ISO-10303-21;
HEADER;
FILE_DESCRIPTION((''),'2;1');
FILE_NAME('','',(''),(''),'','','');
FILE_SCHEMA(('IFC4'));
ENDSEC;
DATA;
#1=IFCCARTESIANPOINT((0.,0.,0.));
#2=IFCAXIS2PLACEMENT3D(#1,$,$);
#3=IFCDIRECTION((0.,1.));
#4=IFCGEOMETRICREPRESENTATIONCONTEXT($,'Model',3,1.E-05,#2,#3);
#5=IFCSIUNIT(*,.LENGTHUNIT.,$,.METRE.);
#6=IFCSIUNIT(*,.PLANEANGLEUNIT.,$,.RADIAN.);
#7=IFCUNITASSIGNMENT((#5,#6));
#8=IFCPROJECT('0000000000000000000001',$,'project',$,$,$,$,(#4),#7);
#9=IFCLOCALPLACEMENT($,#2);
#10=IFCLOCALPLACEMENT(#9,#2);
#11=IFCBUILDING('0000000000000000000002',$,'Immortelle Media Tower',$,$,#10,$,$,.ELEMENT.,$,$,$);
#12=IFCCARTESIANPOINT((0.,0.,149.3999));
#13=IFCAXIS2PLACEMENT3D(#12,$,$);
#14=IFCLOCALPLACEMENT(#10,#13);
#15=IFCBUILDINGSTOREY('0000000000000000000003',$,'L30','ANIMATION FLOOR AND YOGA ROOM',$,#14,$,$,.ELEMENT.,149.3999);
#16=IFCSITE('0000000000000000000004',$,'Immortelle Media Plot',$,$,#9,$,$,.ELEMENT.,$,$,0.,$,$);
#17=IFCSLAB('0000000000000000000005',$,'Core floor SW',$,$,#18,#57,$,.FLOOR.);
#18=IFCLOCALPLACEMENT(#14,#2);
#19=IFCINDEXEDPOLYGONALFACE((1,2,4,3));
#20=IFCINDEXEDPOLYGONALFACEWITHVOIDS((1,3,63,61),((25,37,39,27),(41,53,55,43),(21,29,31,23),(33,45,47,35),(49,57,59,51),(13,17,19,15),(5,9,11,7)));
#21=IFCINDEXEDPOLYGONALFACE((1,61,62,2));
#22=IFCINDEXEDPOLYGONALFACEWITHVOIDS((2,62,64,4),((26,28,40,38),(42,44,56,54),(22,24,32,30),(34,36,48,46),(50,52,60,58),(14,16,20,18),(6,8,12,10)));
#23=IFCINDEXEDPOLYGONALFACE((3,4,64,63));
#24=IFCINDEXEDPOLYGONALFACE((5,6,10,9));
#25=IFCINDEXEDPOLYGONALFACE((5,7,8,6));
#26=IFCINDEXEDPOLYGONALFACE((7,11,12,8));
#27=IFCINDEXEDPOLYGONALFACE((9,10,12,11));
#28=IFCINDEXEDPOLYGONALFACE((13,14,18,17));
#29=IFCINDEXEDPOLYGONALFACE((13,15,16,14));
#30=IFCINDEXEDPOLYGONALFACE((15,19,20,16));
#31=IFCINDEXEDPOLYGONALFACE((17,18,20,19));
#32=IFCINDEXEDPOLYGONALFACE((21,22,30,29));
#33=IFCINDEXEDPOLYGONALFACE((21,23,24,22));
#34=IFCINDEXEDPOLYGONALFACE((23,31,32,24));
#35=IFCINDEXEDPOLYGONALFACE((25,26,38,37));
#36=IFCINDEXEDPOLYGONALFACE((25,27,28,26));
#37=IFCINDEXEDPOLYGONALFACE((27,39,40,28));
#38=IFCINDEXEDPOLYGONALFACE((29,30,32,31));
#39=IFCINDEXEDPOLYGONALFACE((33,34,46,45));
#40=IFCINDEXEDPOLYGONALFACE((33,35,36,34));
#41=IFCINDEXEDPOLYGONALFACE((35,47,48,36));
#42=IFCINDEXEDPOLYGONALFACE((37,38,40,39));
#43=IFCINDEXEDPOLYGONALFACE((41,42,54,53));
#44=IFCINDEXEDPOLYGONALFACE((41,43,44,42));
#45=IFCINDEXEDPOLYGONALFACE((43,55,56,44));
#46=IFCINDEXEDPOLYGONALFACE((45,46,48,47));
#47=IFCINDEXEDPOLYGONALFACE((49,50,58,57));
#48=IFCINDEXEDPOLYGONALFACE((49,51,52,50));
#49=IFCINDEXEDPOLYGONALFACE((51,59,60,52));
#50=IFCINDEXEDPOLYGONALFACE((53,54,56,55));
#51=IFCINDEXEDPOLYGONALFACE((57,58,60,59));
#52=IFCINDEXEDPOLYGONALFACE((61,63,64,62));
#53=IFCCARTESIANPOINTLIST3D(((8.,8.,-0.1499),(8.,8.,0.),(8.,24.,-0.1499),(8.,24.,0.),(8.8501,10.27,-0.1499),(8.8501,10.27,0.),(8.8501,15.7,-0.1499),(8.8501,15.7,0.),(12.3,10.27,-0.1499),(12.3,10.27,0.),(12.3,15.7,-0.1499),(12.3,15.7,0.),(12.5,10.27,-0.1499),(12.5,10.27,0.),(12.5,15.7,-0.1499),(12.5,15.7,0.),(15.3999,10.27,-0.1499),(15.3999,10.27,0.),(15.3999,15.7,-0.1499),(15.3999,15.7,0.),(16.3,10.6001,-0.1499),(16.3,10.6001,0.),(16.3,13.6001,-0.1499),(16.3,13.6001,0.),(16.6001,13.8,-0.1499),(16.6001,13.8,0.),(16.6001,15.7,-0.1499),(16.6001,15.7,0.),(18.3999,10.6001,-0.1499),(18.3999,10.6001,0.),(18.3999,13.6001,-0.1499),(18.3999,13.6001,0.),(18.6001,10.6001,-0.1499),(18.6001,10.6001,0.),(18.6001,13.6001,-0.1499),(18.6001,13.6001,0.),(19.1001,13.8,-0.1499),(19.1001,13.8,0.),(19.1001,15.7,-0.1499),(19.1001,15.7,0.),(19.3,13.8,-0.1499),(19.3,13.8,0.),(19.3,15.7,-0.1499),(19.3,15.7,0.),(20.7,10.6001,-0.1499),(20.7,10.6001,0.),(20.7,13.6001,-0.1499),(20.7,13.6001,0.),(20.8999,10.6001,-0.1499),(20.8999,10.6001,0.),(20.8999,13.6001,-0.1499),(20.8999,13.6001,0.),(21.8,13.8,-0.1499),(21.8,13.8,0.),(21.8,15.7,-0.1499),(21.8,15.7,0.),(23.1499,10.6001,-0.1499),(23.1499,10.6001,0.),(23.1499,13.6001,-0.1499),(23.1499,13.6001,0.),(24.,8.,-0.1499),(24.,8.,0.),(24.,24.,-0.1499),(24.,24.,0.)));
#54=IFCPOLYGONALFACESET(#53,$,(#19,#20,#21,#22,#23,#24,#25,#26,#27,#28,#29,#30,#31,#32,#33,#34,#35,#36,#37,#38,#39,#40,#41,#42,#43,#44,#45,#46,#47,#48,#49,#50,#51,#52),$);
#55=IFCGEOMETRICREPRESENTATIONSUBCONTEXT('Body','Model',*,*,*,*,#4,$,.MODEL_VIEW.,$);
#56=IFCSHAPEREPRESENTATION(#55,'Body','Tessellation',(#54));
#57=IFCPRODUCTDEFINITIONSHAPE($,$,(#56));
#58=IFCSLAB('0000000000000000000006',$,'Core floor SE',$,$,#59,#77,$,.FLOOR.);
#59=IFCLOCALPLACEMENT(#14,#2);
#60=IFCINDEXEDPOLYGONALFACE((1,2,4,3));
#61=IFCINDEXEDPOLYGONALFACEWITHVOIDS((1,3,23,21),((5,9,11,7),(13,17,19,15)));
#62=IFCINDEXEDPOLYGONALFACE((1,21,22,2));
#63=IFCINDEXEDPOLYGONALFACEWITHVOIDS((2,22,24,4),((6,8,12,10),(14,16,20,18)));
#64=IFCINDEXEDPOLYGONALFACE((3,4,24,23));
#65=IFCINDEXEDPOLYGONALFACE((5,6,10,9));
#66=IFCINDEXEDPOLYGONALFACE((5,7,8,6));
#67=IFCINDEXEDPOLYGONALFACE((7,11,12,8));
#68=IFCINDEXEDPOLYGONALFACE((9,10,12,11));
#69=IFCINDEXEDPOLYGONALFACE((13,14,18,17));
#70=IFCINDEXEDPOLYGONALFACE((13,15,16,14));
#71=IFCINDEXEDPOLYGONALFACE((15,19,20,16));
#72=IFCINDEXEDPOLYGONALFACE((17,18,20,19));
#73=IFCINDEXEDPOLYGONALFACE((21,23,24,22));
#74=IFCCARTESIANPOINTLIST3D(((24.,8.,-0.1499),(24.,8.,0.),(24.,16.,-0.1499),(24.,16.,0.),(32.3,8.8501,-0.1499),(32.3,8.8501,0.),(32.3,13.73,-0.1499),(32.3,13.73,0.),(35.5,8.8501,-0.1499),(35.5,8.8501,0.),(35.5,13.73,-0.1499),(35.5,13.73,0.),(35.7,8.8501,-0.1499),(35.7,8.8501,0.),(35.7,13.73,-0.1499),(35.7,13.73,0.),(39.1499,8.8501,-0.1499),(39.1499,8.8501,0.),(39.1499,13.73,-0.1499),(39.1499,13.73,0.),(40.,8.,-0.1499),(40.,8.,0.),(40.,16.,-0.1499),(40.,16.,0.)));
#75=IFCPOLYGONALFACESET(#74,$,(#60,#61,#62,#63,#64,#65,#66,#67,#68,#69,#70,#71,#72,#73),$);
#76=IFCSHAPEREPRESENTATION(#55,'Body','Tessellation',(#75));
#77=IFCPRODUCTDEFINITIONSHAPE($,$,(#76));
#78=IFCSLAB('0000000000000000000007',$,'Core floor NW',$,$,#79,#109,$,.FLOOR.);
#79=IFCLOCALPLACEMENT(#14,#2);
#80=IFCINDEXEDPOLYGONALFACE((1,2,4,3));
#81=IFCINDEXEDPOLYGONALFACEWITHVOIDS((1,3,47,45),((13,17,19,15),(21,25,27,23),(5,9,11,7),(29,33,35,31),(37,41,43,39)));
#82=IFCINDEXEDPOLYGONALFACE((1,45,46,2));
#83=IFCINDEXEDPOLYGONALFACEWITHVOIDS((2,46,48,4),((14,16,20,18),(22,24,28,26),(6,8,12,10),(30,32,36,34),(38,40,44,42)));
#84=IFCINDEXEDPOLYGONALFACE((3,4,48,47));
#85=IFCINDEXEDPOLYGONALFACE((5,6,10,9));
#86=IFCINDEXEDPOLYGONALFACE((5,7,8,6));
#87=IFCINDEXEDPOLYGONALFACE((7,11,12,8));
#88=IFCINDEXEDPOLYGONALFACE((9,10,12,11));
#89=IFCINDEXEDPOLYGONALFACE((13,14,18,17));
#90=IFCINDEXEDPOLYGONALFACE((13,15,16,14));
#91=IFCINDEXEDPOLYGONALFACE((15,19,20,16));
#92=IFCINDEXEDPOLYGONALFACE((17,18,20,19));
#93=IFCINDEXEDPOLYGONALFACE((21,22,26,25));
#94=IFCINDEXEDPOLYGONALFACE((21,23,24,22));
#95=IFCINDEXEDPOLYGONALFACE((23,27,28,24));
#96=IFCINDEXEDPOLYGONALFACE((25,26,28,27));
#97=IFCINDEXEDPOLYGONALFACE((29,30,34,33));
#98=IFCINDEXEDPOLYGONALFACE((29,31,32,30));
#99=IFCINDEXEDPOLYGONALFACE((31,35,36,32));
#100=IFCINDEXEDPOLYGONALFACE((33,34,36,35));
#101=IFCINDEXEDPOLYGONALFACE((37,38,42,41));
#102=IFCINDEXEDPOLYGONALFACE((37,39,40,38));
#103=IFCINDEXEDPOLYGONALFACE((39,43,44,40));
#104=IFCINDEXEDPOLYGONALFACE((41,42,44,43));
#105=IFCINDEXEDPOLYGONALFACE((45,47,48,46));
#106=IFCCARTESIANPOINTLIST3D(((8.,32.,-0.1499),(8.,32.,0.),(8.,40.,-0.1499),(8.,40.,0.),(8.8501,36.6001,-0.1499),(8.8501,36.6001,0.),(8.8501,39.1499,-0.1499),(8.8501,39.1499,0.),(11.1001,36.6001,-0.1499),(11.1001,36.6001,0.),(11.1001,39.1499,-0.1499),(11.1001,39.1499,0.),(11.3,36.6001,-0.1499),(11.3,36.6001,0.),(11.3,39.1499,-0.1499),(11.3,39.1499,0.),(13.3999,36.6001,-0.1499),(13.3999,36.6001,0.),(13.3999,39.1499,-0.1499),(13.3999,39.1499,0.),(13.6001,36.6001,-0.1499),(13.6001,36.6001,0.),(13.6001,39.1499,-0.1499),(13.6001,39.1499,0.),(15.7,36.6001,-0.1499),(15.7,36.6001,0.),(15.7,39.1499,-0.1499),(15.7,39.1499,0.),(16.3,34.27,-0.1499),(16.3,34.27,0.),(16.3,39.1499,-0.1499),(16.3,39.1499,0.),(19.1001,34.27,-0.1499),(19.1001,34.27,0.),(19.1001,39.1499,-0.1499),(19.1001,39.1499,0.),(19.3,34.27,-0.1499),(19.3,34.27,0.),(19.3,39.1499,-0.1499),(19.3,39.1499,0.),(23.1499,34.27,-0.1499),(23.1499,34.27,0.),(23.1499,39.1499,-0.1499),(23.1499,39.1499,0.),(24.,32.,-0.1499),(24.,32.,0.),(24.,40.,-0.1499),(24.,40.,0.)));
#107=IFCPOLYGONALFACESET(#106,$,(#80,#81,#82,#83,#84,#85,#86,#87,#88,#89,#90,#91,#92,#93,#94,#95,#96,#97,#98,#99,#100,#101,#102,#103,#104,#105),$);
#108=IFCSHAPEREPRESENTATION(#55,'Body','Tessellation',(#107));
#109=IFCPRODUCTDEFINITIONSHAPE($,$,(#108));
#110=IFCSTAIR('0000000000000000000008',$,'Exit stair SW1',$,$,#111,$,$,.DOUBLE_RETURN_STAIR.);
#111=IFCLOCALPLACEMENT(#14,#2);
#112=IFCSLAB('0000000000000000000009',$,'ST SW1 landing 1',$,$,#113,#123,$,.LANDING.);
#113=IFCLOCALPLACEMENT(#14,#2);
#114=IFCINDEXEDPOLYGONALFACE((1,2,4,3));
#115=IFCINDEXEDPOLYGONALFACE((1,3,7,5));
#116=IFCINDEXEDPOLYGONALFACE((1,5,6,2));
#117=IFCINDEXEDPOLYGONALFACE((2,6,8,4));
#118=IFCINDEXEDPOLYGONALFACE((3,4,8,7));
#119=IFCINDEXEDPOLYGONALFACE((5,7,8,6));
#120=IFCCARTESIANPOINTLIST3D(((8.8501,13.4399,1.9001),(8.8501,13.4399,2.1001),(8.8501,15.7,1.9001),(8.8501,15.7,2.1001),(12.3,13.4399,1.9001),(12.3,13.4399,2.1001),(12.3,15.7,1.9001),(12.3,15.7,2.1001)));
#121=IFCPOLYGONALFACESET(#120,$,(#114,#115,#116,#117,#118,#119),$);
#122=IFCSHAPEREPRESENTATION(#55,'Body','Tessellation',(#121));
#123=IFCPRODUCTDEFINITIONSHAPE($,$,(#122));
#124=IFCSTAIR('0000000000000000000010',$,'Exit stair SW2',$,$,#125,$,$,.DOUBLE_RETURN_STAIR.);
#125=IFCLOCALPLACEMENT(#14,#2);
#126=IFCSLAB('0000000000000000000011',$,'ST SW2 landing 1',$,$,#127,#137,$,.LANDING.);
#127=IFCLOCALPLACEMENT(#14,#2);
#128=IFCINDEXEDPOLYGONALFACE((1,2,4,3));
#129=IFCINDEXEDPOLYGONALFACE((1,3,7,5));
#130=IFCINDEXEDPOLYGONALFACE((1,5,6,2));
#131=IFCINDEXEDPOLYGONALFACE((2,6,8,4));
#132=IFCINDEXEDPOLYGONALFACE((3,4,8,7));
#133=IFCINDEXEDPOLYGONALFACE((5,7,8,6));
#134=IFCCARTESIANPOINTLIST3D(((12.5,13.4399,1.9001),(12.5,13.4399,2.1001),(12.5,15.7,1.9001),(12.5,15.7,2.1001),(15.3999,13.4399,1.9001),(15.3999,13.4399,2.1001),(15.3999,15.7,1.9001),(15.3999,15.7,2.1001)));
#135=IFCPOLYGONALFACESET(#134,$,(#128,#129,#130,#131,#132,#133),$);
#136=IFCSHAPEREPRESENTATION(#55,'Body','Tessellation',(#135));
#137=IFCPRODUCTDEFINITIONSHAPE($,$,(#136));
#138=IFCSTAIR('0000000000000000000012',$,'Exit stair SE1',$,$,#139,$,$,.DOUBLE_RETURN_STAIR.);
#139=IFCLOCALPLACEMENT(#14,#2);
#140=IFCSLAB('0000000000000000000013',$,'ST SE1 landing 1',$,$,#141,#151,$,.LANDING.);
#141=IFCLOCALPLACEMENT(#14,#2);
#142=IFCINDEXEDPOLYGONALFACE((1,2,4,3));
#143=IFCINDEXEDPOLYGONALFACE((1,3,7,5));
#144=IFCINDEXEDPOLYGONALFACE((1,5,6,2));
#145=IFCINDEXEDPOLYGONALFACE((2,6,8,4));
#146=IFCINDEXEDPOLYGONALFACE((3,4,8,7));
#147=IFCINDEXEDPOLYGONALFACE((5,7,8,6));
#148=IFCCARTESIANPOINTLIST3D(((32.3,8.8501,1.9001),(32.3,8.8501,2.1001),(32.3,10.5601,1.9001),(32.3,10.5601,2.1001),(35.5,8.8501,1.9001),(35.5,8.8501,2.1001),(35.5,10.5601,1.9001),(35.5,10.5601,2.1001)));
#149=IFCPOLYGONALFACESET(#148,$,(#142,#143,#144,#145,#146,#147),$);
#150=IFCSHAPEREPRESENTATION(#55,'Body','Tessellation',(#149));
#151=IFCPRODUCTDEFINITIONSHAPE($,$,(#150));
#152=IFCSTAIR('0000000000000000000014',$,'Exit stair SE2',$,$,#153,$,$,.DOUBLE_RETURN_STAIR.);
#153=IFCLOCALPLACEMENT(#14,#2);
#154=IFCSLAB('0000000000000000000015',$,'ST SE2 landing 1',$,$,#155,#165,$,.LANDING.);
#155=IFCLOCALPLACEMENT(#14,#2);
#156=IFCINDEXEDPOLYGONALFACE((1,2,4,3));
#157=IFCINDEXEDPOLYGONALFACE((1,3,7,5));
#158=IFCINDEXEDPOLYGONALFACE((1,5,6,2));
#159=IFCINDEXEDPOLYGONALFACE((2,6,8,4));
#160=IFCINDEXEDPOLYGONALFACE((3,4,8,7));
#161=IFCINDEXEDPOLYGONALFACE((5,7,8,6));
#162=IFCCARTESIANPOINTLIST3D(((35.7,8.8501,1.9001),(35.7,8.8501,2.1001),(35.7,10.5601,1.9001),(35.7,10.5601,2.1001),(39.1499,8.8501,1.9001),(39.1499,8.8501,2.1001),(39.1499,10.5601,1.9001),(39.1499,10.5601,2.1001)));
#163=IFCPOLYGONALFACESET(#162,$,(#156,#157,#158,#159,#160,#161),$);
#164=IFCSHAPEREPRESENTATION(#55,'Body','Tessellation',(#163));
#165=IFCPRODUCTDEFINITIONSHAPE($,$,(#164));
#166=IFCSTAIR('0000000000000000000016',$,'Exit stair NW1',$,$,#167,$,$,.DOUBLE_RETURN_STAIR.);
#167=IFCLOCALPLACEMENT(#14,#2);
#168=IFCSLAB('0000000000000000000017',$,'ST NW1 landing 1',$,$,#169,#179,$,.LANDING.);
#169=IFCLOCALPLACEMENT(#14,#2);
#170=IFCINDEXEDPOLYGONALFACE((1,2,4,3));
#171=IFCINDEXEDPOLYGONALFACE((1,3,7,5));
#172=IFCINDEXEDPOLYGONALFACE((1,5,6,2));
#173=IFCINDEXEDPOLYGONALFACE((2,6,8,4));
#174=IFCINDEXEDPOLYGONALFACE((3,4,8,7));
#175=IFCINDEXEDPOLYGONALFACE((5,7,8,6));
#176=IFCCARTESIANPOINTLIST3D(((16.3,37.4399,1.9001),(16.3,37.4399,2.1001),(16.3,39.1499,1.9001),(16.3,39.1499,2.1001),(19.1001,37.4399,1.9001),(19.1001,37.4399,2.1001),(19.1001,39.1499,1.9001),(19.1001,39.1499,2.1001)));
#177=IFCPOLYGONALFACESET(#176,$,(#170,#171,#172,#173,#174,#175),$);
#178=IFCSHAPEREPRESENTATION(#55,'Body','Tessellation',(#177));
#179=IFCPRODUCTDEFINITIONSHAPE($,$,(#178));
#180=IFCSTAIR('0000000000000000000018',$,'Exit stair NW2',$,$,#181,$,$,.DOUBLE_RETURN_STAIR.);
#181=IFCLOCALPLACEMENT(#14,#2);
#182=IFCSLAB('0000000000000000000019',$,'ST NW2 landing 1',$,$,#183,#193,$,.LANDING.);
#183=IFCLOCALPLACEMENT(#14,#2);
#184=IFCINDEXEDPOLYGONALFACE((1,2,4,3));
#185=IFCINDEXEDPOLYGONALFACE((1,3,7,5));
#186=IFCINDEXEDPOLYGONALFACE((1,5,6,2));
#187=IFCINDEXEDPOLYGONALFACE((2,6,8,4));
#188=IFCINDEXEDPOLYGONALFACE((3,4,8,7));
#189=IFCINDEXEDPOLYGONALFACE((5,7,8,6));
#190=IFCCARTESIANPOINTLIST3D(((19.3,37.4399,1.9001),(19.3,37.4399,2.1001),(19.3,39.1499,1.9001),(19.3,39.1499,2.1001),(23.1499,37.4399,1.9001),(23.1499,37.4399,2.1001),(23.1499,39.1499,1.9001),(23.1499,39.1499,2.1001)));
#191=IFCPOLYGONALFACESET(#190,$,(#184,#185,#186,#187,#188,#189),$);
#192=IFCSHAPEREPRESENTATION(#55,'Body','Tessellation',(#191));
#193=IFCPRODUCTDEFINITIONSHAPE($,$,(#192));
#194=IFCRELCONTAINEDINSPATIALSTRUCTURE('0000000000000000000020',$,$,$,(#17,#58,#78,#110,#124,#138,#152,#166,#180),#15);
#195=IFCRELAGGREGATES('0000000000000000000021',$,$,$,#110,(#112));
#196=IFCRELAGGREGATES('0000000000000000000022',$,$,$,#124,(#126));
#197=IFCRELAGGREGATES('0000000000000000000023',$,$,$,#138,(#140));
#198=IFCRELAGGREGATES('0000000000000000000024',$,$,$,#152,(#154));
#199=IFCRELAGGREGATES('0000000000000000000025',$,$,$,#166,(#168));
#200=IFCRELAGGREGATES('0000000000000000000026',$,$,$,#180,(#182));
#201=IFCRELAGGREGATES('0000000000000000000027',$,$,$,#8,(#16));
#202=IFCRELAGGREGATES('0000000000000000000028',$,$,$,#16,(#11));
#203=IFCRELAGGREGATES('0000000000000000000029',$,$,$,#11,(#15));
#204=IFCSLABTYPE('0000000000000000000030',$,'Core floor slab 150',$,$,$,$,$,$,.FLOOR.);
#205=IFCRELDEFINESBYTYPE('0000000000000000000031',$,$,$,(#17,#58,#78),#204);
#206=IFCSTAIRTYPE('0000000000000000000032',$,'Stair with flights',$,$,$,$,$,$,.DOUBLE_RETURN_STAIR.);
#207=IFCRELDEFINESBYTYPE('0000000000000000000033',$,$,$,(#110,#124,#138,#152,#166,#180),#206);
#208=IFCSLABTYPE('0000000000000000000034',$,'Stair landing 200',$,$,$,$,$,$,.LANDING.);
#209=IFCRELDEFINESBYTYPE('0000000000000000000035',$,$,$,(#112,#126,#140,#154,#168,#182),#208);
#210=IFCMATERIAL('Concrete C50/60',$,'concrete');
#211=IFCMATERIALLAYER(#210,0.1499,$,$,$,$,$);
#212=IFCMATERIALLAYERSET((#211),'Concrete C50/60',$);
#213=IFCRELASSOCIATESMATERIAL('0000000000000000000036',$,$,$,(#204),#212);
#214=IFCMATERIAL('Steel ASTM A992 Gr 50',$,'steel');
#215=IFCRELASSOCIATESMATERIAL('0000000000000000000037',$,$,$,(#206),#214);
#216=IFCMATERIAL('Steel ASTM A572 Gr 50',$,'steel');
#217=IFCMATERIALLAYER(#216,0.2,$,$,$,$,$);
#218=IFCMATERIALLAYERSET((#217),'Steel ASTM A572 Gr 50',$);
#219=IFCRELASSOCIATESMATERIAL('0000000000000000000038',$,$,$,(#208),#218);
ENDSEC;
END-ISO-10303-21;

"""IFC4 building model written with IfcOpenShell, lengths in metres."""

from ifc_helpers import new_model, si_unit, direction, frame, origin, place, context, subcontext, project, spatial, polyline, outline, extrude, material, layer, layer_set, type_object, element, aggregate, save


model = new_model("IFC4")

# Units and contexts
model_context = context("Model", 3, precision=1e-05, world=origin(), true_north=direction((0.0, 1.0)))
body_context = subcontext(model_context, "Body", "Model", "MODEL_VIEW")
ifc_project = project(units=[si_unit("LENGTHUNIT", "METRE"), si_unit("PLANEANGLEUNIT", "RADIAN")], contexts=[model_context])

# Site, building, storey
site_placement = place(None, origin())
site = spatial("IfcSite", under=ifc_project, at=site_placement, Name="Immortelle Media Plot", CompositionType="ELEMENT", RefElevation=0.0)
building_placement = place(site_placement, origin())
building = spatial("IfcBuilding", under=site, at=building_placement, Name="Immortelle Media Tower", CompositionType="ELEMENT")
storey_placement = place(building_placement, frame((0.0, 0.0, 149.3999)))
storey = spatial("IfcBuildingStorey", under=building, at=storey_placement, Name="L30", Description="ANIMATION FLOOR AND YOGA ROOM", CompositionType="ELEMENT", Elevation=149.3999)

# Slabs
ifc_material_1 = material(Name="Concrete C50/60", Category="concrete")
ifc_layer_1 = layer(ifc_material_1, 0.1499)
ifc_layer_set_1 = layer_set([ifc_layer_1], Name="Concrete C50/60")
slab_type_1 = type_object("IfcSlabType", Name="Core floor slab 150", PredefinedType="FLOOR", material=ifc_layer_set_1)
slab_1_placement = place(storey_placement, frame((0.0, 0.0, -0.1499)))
element("IfcSlab", 1, at=slab_1_placement, inside=storey, type_object=slab_type_1, Name="Core floor SW", PredefinedType="FLOOR", context=body_context, shape_type="SweptSolid", body=[
    extrude(outline(polyline([(8.0, 8.0), (24.0, 8.0), (24.0, 24.0), (8.0, 24.0), (8.0, 8.0)]), holes=[polyline([(16.6001, 13.8), (19.1001, 13.8), (19.1001, 15.7), (16.6001, 15.7), (16.6001, 13.8)]), polyline([(19.3, 13.8), (21.8, 13.8), (21.8, 15.7), (19.3, 15.7), (19.3, 13.8)]), polyline([(16.3, 10.6001), (18.3999, 10.6001), (18.3999, 13.6001), (16.3, 13.6001), (16.3, 10.6001)]), polyline([(18.6001, 10.6001), (20.7, 10.6001), (20.7, 13.6001), (18.6001, 13.6001), (18.6001, 10.6001)]), polyline([(20.8999, 10.6001), (23.1499, 10.6001), (23.1499, 13.6001), (20.8999, 13.6001), (20.8999, 10.6001)]), polyline([(8.8501, 10.27), (12.3, 10.27), (12.3, 15.7), (8.8501, 15.7), (8.8501, 10.27)]), polyline([(12.5, 10.27), (15.3999, 10.27), (15.3999, 15.7), (12.5, 15.7), (12.5, 10.27)])]), origin(), (0.0, 0.0, 1.0), 0.1499),
])
slab_2_placement = place(storey_placement, frame((0.0, 0.0, -0.1499)))
element("IfcSlab", 2, at=slab_2_placement, inside=storey, type_object=slab_type_1, Name="Core floor SE", PredefinedType="FLOOR", context=body_context, shape_type="SweptSolid", body=[
    extrude(outline(polyline([(24.0, 8.0), (40.0, 8.0), (40.0, 16.0), (24.0, 16.0), (24.0, 8.0)]), holes=[polyline([(32.3, 8.8501), (35.5, 8.8501), (35.5, 13.73), (32.3, 13.73), (32.3, 8.8501)]), polyline([(35.7, 8.8501), (39.1499, 8.8501), (39.1499, 13.73), (35.7, 13.73), (35.7, 8.8501)])]), origin(), (0.0, 0.0, 1.0), 0.1499),
])
slab_3_placement = place(storey_placement, frame((0.0, 0.0, -0.1499)))
element("IfcSlab", 3, at=slab_3_placement, inside=storey, type_object=slab_type_1, Name="Core floor NW", PredefinedType="FLOOR", context=body_context, shape_type="SweptSolid", body=[
    extrude(outline(polyline([(8.0, 32.0), (24.0, 32.0), (24.0, 40.0), (8.0, 40.0), (8.0, 32.0)]), holes=[polyline([(8.8501, 36.6001), (11.1001, 36.6001), (11.1001, 39.1499), (8.8501, 39.1499), (8.8501, 36.6001)]), polyline([(11.3, 36.6001), (13.3999, 36.6001), (13.3999, 39.1499), (11.3, 39.1499), (11.3, 36.6001)]), polyline([(13.6001, 36.6001), (15.7, 36.6001), (15.7, 39.1499), (13.6001, 39.1499), (13.6001, 36.6001)]), polyline([(16.3, 34.27), (19.1001, 34.27), (19.1001, 39.1499), (16.3, 39.1499), (16.3, 34.27)]), polyline([(19.3, 34.27), (23.1499, 34.27), (23.1499, 39.1499), (19.3, 39.1499), (19.3, 34.27)])]), origin(), (0.0, 0.0, 1.0), 0.1499),
])

# Stairs, slabs
ifc_material_2 = material(Name="Steel ASTM A992 Gr 50", Category="steel")
stair_type = type_object("IfcStairType", Name="Stair with flights", PredefinedType="DOUBLE_RETURN_STAIR", material=ifc_material_2)
stair_1_placement = place(storey_placement, origin())
stair_1 = element("IfcStair", 4, at=stair_1_placement, inside=storey, type_object=stair_type, Name="Exit stair SW1", PredefinedType="DOUBLE_RETURN_STAIR")
ifc_material_3 = material(Name="Steel ASTM A572 Gr 50", Category="steel")
ifc_layer_2 = layer(ifc_material_3, 0.2)
ifc_layer_set_2 = layer_set([ifc_layer_2], Name="Steel ASTM A572 Gr 50")
slab_type_2 = type_object("IfcSlabType", Name="Stair landing 200", PredefinedType="LANDING", material=ifc_layer_set_2)
slab_4_placement = place(storey_placement, frame((0.0, 0.0, 1.9001)))
slab_4 = element("IfcSlab", 5, at=slab_4_placement, type_object=slab_type_2, Name="ST SW1 landing 1", PredefinedType="LANDING", context=body_context, shape_type="SweptSolid", body=[
    extrude(outline(polyline([(8.8501, 13.4399), (12.3, 13.4399), (12.3, 15.7), (8.8501, 15.7), (8.8501, 13.4399)])), origin(), (0.0, 0.0, 1.0), 0.2),
])
aggregate(stair_1, [slab_4])
stair_2_placement = place(storey_placement, origin())
stair_2 = element("IfcStair", 6, at=stair_2_placement, inside=storey, type_object=stair_type, Name="Exit stair SW2", PredefinedType="DOUBLE_RETURN_STAIR")
slab_5_placement = place(storey_placement, frame((0.0, 0.0, 1.9001)))
slab_5 = element("IfcSlab", 7, at=slab_5_placement, type_object=slab_type_2, Name="ST SW2 landing 1", PredefinedType="LANDING", context=body_context, shape_type="SweptSolid", body=[
    extrude(outline(polyline([(12.5, 13.4399), (15.3999, 13.4399), (15.3999, 15.7), (12.5, 15.7), (12.5, 13.4399)])), origin(), (0.0, 0.0, 1.0), 0.2),
])
aggregate(stair_2, [slab_5])
stair_3_placement = place(storey_placement, origin())
stair_3 = element("IfcStair", 8, at=stair_3_placement, inside=storey, type_object=stair_type, Name="Exit stair SE1", PredefinedType="DOUBLE_RETURN_STAIR")
slab_6_placement = place(storey_placement, frame((0.0, 0.0, 1.9001)))
slab_6 = element("IfcSlab", 9, at=slab_6_placement, type_object=slab_type_2, Name="ST SE1 landing 1", PredefinedType="LANDING", context=body_context, shape_type="SweptSolid", body=[
    extrude(outline(polyline([(32.3, 8.8501), (35.5, 8.8501), (35.5, 10.5601), (32.3, 10.5601), (32.3, 8.8501)])), origin(), (0.0, 0.0, 1.0), 0.2),
])
aggregate(stair_3, [slab_6])
stair_4_placement = place(storey_placement, origin())
stair_4 = element("IfcStair", 10, at=stair_4_placement, inside=storey, type_object=stair_type, Name="Exit stair SE2", PredefinedType="DOUBLE_RETURN_STAIR")
slab_7_placement = place(storey_placement, frame((0.0, 0.0, 1.9001)))
slab_7 = element("IfcSlab", 11, at=slab_7_placement, type_object=slab_type_2, Name="ST SE2 landing 1", PredefinedType="LANDING", context=body_context, shape_type="SweptSolid", body=[
    extrude(outline(polyline([(35.7, 8.8501), (39.1499, 8.8501), (39.1499, 10.5601), (35.7, 10.5601), (35.7, 8.8501)])), origin(), (0.0, 0.0, 1.0), 0.2),
])
aggregate(stair_4, [slab_7])
stair_5_placement = place(storey_placement, origin())
stair_5 = element("IfcStair", 12, at=stair_5_placement, inside=storey, type_object=stair_type, Name="Exit stair NW1", PredefinedType="DOUBLE_RETURN_STAIR")
slab_8_placement = place(storey_placement, frame((0.0, 0.0, 1.9001)))
slab_8 = element("IfcSlab", 13, at=slab_8_placement, type_object=slab_type_2, Name="ST NW1 landing 1", PredefinedType="LANDING", context=body_context, shape_type="SweptSolid", body=[
    extrude(outline(polyline([(16.3, 37.4399), (19.1001, 37.4399), (19.1001, 39.1499), (16.3, 39.1499), (16.3, 37.4399)])), origin(), (0.0, 0.0, 1.0), 0.2),
])
aggregate(stair_5, [slab_8])
stair_6_placement = place(storey_placement, origin())
stair_6 = element("IfcStair", 14, at=stair_6_placement, inside=storey, type_object=stair_type, Name="Exit stair NW2", PredefinedType="DOUBLE_RETURN_STAIR")
slab_9_placement = place(storey_placement, frame((0.0, 0.0, 1.9001)))
slab_9 = element("IfcSlab", 15, at=slab_9_placement, type_object=slab_type_2, Name="ST NW2 landing 1", PredefinedType="LANDING", context=body_context, shape_type="SweptSolid", body=[
    extrude(outline(polyline([(19.3, 37.4399), (23.1499, 37.4399), (23.1499, 39.1499), (19.3, 39.1499), (19.3, 37.4399)])), origin(), (0.0, 0.0, 1.0), 0.2),
])
aggregate(stair_6, [slab_9])

save(model, "model.ifc")
